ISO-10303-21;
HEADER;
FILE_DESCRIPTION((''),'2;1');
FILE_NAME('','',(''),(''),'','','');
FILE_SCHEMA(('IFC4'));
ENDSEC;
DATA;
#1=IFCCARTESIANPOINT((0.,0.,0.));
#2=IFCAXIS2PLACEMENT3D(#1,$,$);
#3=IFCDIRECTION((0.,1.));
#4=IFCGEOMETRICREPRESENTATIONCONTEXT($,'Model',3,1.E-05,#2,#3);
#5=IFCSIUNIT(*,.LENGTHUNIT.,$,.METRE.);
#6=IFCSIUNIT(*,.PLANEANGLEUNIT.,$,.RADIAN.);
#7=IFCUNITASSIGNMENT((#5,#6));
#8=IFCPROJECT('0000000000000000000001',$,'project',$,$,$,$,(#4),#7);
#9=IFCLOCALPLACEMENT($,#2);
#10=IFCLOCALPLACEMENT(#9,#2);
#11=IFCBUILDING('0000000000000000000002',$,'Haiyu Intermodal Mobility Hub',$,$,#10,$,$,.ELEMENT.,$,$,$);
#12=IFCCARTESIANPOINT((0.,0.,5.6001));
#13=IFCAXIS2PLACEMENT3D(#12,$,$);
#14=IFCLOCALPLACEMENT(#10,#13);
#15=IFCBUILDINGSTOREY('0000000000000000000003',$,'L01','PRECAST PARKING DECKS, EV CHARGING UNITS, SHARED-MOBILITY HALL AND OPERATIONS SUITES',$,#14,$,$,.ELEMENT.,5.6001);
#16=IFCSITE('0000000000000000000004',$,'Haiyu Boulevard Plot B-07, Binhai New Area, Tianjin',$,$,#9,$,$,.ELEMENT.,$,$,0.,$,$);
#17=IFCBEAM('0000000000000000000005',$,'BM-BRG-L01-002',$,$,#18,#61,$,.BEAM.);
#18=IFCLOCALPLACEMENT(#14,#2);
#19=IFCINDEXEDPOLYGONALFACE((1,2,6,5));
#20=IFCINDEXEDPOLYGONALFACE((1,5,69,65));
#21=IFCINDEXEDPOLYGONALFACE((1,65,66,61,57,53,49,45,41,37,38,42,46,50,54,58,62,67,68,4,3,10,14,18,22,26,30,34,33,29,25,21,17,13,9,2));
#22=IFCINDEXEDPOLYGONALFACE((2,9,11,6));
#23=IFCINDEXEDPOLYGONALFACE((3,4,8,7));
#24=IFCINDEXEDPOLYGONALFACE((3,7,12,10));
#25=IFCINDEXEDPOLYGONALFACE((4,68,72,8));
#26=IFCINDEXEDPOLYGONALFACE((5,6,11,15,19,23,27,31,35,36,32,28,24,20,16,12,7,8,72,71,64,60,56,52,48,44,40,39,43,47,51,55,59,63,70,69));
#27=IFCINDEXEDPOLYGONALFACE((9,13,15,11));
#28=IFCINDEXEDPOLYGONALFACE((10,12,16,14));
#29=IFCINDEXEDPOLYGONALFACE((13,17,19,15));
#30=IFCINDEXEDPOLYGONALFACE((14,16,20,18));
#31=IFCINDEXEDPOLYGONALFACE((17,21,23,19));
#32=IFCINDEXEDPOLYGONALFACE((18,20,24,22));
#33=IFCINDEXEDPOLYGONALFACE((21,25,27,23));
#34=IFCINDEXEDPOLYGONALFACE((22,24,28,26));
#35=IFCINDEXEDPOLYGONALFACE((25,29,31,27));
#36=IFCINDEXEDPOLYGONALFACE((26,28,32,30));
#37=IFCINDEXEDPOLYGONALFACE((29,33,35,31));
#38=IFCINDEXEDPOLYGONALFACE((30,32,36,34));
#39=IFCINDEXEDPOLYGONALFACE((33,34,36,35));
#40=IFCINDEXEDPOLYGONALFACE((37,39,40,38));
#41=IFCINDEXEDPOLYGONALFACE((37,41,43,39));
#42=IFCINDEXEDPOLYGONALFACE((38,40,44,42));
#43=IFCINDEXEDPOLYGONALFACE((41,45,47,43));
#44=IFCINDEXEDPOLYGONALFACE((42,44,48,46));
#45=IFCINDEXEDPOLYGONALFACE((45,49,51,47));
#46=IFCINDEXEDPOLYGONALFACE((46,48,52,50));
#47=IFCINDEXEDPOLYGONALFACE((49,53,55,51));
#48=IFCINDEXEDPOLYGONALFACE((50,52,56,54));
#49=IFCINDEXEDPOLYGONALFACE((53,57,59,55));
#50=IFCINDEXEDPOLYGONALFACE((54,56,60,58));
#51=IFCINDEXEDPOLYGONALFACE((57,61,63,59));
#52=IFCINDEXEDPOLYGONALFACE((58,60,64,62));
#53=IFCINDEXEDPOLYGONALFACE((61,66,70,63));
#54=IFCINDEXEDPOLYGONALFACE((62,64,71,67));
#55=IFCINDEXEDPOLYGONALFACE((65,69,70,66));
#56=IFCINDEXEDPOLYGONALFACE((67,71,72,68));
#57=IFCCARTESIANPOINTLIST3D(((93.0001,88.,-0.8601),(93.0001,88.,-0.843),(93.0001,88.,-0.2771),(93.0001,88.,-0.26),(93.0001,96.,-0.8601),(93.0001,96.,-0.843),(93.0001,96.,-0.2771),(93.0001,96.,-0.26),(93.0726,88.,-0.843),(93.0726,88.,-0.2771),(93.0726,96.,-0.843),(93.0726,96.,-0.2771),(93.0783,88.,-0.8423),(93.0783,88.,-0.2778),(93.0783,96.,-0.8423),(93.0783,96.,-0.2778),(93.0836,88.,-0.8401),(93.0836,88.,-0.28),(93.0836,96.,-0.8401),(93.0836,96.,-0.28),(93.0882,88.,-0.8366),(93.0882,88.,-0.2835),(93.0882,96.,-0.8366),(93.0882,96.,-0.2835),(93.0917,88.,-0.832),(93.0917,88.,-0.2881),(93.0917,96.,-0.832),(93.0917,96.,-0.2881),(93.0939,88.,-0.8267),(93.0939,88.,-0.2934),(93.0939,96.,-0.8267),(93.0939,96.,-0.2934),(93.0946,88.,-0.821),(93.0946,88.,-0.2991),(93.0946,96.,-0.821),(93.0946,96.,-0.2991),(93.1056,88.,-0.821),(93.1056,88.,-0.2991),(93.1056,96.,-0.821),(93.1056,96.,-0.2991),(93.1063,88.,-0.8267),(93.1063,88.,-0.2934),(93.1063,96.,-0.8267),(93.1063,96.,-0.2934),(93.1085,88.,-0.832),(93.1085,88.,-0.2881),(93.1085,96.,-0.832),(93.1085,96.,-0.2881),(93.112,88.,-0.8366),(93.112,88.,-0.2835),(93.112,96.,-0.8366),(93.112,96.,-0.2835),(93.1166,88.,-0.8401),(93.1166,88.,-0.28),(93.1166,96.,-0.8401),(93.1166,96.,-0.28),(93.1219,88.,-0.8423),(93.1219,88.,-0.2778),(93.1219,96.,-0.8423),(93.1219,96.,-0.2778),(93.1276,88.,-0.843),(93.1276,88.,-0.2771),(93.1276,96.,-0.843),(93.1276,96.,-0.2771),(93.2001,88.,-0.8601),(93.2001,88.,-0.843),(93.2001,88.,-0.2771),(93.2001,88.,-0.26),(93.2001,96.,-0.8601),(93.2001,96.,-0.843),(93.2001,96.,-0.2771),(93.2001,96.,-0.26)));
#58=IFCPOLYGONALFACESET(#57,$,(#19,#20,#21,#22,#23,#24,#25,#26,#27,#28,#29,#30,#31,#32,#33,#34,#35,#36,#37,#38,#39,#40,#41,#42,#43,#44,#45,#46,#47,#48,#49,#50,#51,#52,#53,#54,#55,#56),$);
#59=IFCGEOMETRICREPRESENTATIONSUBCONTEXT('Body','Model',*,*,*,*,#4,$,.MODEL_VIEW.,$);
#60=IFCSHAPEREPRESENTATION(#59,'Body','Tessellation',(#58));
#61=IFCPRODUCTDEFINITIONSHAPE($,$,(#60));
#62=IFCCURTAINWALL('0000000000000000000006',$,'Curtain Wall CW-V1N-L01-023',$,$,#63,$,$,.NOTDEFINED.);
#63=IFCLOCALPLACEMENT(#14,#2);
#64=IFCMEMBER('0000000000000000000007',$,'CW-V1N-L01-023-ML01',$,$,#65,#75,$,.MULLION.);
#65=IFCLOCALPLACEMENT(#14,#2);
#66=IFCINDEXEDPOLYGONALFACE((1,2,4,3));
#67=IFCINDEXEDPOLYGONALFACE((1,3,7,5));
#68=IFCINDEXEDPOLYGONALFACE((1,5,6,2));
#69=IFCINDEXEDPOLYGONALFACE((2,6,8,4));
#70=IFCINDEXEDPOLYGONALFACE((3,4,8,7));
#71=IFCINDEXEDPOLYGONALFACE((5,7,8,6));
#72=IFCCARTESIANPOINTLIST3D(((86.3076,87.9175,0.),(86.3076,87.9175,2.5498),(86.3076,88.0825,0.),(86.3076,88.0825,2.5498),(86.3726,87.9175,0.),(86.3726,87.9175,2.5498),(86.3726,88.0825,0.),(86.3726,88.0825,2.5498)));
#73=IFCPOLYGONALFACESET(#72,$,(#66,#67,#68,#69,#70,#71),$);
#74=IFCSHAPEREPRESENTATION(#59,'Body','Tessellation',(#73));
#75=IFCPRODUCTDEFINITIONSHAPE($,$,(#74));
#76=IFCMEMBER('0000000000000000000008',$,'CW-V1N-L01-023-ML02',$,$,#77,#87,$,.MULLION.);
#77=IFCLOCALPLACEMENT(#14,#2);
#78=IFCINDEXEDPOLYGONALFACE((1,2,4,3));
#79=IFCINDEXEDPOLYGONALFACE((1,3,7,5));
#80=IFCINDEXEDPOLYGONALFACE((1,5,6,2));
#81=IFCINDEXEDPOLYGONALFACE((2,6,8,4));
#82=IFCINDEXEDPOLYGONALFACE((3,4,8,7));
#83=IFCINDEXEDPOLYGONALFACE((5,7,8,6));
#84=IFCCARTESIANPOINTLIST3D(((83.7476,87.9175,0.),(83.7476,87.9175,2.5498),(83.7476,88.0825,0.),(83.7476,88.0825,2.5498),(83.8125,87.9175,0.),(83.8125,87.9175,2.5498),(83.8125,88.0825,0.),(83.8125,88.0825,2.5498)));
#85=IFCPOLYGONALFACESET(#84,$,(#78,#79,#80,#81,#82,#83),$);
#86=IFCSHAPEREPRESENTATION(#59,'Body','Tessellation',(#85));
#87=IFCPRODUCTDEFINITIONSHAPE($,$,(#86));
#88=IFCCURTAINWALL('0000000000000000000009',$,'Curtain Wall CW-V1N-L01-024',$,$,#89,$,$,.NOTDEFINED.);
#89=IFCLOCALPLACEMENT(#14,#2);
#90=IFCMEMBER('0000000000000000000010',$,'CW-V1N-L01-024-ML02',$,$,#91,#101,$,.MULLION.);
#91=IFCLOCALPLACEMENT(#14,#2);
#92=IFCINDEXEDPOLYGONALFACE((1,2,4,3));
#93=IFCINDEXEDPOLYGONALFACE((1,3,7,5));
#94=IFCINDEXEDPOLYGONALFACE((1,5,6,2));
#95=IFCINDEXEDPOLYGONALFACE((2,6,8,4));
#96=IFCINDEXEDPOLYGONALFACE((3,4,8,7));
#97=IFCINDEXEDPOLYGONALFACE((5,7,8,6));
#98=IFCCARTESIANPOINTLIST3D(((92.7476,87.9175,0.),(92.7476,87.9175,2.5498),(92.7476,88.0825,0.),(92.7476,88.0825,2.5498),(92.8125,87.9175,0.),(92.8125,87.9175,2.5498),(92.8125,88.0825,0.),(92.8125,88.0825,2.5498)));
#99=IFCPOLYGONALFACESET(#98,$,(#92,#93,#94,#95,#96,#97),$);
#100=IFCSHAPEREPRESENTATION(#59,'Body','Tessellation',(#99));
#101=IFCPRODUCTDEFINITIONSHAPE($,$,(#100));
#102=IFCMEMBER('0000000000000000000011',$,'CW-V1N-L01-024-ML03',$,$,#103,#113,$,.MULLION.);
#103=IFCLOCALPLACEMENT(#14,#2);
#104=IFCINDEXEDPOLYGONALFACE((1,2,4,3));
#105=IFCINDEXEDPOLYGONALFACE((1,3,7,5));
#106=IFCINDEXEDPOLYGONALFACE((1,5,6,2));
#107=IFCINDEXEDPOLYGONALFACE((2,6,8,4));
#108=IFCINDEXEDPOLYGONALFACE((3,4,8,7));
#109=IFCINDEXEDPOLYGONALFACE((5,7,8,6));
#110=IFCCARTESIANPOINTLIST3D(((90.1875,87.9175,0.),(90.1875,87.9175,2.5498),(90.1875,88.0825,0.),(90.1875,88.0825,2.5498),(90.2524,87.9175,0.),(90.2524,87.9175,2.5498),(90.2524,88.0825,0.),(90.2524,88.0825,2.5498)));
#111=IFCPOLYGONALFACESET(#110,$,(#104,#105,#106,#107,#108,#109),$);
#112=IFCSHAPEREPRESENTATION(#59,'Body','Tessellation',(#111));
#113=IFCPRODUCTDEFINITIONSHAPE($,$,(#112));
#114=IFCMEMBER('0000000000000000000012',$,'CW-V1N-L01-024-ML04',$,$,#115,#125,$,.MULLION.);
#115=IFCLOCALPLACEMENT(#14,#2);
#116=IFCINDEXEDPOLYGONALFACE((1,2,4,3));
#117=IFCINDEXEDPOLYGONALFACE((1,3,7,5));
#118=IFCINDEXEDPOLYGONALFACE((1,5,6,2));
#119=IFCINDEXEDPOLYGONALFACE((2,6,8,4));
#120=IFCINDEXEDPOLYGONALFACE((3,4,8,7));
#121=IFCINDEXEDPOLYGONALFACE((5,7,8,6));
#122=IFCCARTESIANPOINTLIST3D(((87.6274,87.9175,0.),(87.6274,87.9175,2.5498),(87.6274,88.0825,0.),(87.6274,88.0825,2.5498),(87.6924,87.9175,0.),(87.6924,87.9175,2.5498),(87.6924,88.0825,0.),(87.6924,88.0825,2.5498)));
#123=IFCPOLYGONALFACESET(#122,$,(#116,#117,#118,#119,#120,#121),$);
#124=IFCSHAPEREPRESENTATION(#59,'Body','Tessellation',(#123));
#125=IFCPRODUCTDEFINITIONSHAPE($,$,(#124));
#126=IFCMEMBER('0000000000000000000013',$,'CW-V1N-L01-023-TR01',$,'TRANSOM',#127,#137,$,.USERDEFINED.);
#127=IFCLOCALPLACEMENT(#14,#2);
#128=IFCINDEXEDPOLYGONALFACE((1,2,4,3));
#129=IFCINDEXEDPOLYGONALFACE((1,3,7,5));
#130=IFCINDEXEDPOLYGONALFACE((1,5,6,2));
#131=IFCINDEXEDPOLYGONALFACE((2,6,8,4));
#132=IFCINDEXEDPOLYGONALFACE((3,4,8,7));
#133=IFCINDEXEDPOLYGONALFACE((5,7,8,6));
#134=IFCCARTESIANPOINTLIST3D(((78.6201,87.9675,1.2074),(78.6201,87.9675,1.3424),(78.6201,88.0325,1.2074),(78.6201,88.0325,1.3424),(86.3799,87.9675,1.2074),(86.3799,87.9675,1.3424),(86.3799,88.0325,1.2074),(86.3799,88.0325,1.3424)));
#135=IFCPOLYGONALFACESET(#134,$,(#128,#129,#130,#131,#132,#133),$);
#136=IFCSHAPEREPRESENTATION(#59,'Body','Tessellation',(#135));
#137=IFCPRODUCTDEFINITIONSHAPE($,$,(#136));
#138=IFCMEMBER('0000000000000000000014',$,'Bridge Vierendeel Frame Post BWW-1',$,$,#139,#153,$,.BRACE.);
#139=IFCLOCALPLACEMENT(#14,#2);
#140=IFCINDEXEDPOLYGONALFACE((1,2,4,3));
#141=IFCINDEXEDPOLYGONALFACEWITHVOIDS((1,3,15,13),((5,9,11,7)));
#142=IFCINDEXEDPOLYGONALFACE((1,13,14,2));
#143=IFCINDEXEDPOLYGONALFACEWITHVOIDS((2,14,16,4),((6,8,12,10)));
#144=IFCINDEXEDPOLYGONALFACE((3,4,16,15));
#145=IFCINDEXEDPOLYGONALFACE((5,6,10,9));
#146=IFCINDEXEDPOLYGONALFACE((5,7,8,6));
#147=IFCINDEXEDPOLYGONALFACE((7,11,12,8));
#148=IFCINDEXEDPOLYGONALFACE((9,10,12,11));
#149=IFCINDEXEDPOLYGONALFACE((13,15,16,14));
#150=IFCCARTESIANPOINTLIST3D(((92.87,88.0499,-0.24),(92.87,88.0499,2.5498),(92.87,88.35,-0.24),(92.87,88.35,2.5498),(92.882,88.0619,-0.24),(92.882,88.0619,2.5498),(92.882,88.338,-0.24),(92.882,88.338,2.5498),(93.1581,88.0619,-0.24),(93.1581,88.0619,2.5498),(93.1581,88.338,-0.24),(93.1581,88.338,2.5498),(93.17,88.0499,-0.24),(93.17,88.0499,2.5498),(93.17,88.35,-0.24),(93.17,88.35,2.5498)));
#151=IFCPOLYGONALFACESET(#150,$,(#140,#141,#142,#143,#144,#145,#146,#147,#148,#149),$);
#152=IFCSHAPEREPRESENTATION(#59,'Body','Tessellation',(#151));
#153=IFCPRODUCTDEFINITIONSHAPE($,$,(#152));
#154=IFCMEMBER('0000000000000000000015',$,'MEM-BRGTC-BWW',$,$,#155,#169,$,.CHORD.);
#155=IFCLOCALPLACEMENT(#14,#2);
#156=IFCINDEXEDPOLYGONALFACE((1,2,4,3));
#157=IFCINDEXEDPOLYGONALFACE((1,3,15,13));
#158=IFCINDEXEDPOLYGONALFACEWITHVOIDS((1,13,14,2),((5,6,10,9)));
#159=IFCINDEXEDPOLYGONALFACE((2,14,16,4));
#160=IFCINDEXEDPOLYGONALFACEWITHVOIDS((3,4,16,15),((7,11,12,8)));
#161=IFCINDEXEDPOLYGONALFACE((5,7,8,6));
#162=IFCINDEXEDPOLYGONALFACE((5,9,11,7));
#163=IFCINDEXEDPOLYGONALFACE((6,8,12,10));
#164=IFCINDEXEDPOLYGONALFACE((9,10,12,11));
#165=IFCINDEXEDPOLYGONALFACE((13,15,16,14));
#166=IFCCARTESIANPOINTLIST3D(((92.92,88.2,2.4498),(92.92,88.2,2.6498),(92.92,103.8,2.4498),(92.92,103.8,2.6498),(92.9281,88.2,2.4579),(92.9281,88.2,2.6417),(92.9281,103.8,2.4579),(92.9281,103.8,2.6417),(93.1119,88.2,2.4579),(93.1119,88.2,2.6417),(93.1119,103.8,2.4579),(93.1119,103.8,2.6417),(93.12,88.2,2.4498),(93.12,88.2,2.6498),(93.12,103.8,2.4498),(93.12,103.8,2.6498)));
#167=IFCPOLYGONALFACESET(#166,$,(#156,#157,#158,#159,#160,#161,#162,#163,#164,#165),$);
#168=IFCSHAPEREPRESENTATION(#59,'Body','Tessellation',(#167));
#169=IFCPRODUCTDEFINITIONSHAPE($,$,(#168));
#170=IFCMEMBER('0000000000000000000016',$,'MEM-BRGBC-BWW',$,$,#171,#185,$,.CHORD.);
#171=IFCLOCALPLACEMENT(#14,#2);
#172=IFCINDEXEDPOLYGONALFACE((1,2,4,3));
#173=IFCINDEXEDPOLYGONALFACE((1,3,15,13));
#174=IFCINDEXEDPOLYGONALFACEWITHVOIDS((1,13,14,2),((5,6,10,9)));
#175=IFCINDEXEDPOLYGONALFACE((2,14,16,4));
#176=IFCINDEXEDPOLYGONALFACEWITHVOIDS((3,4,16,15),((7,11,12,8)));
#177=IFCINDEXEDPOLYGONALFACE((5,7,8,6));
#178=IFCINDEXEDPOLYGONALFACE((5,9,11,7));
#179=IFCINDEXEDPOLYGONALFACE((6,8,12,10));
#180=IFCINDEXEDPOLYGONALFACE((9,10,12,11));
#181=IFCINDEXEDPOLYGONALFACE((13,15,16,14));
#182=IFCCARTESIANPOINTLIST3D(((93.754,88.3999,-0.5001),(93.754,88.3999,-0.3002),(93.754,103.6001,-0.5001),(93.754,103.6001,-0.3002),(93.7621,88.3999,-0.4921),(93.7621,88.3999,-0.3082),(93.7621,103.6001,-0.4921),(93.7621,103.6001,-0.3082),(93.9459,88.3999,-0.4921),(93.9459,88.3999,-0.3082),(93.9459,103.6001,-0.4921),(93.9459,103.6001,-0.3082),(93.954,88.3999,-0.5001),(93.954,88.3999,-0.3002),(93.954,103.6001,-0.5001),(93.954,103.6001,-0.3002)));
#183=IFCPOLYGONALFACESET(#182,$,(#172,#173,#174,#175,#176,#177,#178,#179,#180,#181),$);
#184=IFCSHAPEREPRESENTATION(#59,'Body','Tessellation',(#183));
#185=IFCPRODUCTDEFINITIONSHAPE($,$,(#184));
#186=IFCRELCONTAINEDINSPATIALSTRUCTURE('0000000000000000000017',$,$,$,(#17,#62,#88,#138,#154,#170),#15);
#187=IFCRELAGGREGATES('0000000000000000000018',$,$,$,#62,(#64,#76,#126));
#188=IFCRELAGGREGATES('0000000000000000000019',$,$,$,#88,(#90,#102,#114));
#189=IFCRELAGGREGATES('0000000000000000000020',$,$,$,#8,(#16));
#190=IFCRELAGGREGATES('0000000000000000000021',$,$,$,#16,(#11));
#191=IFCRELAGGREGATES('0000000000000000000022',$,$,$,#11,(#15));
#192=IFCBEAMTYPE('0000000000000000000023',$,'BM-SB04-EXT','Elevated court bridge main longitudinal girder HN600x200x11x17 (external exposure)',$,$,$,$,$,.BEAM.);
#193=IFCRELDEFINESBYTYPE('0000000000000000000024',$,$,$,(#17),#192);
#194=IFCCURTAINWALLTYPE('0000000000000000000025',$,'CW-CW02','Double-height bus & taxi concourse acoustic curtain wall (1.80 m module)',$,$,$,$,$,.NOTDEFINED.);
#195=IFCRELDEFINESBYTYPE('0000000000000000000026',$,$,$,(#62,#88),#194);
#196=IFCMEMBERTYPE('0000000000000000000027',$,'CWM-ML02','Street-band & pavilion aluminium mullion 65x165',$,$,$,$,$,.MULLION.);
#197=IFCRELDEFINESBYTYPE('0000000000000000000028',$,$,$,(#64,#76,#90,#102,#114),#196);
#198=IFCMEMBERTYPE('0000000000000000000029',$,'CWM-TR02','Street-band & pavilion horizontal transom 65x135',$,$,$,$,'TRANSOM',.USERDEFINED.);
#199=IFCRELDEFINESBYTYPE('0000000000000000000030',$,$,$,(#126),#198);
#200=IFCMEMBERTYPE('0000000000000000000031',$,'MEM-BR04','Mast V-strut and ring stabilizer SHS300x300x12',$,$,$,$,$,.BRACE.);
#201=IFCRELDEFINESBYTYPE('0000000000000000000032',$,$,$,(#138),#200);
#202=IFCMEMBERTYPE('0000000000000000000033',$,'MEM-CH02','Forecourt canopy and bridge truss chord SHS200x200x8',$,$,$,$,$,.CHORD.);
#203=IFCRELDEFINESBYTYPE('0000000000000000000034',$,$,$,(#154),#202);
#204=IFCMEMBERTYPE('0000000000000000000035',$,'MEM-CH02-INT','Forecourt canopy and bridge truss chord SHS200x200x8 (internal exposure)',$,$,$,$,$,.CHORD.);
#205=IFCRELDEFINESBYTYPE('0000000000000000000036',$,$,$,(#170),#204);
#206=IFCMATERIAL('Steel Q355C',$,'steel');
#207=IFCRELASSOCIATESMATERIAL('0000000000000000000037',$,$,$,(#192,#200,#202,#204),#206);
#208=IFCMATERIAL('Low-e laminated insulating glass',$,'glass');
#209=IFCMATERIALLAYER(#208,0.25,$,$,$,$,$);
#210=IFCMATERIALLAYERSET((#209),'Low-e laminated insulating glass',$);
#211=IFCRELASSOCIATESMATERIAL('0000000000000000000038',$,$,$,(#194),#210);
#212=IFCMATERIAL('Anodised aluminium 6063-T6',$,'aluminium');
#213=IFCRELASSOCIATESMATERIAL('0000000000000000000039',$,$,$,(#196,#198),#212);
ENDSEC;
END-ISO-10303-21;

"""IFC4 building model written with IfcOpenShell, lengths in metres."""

from ifc_helpers import new_model, si_unit, direction, frame, origin, origin_2d, place, context, subcontext, project, spatial, rectangle, hollow_rectangle, i_section, extrude, material, layer, layer_set, material_profile, profile_set, type_object, element, aggregate, save


model = new_model("IFC4")

# Units and contexts
model_context = context("Model", 3, precision=1e-05, world=origin(), true_north=direction((0.0, 1.0)))
body_context = subcontext(model_context, "Body", "Model", "MODEL_VIEW")
ifc_project = project(units=[si_unit("LENGTHUNIT", "METRE"), si_unit("PLANEANGLEUNIT", "RADIAN")], contexts=[model_context])

# Site, building, storey
site_placement = place(None, origin())
site = spatial("IfcSite", under=ifc_project, at=site_placement, Name="Haiyu Boulevard Plot B-07, Binhai New Area, Tianjin", CompositionType="ELEMENT", RefElevation=0.0)
building_placement = place(site_placement, origin())
building = spatial("IfcBuilding", under=site, at=building_placement, Name="Haiyu Intermodal Mobility Hub", CompositionType="ELEMENT")
storey_placement = place(building_placement, frame((0.0, 0.0, 5.6001)))
storey = spatial("IfcBuildingStorey", under=building, at=storey_placement, Name="L01", Description="PRECAST PARKING DECKS, EV CHARGING UNITS, SHARED-MOBILITY HALL AND OPERATIONS SUITES", CompositionType="ELEMENT", Elevation=5.6001)

# Shared definitions
ifc_material_1 = material(Name="Steel Q355C", Category="steel")

# Beam
ifc_material_profile_1 = material_profile(ifc_material_1, i_section(OverallWidth=0.2, OverallDepth=0.6001, WebThickness=0.011, FlangeThickness=0.0171, FilletRadius=0.022, at=origin_2d()), Name="HN600x200x11x17")
ifc_profile_set_1 = profile_set([ifc_material_profile_1], Name="Steel Q355C")
beam_type_1 = type_object("IfcBeamType", Name="BM-SB04-EXT", Description="Elevated court bridge main longitudinal girder HN600x200x11x17 (external exposure)", PredefinedType="BEAM", material=ifc_profile_set_1)
beam_1_placement = place(storey_placement, frame((93.1001, 88.0, -0.5601), z_axis=(0.0, 1.0, 0.0), x_axis=(-1.0, 0.0, 0.0)))
element("IfcBeam", 1, at=beam_1_placement, inside=storey, type_object=beam_type_1, Name="BM-BRG-L01-002", PredefinedType="BEAM", context=body_context, shape_type="SweptSolid", body=[
    extrude(i_section(OverallWidth=0.2, OverallDepth=0.6001, WebThickness=0.011, FlangeThickness=0.0171, FilletRadius=0.022, at=origin_2d()), origin(), (0.0, 0.0, 1.0), 8.0),
])

# Curtain walls, members
ifc_material_2 = material(Name="Low-e laminated insulating glass", Category="glass")
ifc_layer_1 = layer(ifc_material_2, 0.25)
ifc_layer_set_1 = layer_set([ifc_layer_1], Name="Low-e laminated insulating glass")
curtain_wall_type = type_object("IfcCurtainWallType", Name="CW-CW02", Description="Double-height bus & taxi concourse acoustic curtain wall (1.80 m module)", PredefinedType="NOTDEFINED", material=ifc_layer_set_1)
curtain_wall_1_placement = place(storey_placement, origin())
curtain_wall_1 = element("IfcCurtainWall", 2, at=curtain_wall_1_placement, inside=storey, type_object=curtain_wall_type, Name="Curtain Wall CW-V1N-L01-023", PredefinedType="NOTDEFINED")
ifc_material_3 = material(Name="Anodised aluminium 6063-T6", Category="aluminium")
ifc_material_profile_2 = material_profile(ifc_material_3, rectangle(XDim=0.0649, YDim=0.165, at=origin_2d()), Name="ALU65x165")
ifc_profile_set_2 = profile_set([ifc_material_profile_2], Name="Anodised aluminium 6063-T6")
member_type_1 = type_object("IfcMemberType", Name="CWM-ML02", Description="Street-band & pavilion aluminium mullion 65x165", PredefinedType="MULLION", material=ifc_profile_set_2)
member_1_placement = place(storey_placement, frame((86.3401, 88.0, 0.0), z_axis=(0.0, 0.0, 1.0), x_axis=(1.0, 0.0, 0.0)))
member_1 = element("IfcMember", 3, at=member_1_placement, type_object=member_type_1, Name="CW-V1N-L01-023-ML01", PredefinedType="MULLION", context=body_context, shape_type="SweptSolid", body=[
    extrude(rectangle(XDim=0.0649, YDim=0.165, at=origin_2d()), origin(), (0.0, 0.0, 1.0), 2.5498),
])
member_2_placement = place(storey_placement, frame((83.78, 88.0, 0.0), z_axis=(0.0, 0.0, 1.0), x_axis=(1.0, 0.0, 0.0)))
member_2 = element("IfcMember", 4, at=member_2_placement, type_object=member_type_1, Name="CW-V1N-L01-023-ML02", PredefinedType="MULLION", context=body_context, shape_type="SweptSolid", body=[
    extrude(rectangle(XDim=0.0649, YDim=0.165, at=origin_2d()), origin(), (0.0, 0.0, 1.0), 2.5498),
])
curtain_wall_2_placement = place(storey_placement, origin())
curtain_wall_2 = element("IfcCurtainWall", 5, at=curtain_wall_2_placement, inside=storey, type_object=curtain_wall_type, Name="Curtain Wall CW-V1N-L01-024", PredefinedType="NOTDEFINED")
member_3_placement = place(storey_placement, frame((92.78, 88.0, 0.0), z_axis=(0.0, 0.0, 1.0), x_axis=(1.0, 0.0, 0.0)))
member_3 = element("IfcMember", 6, at=member_3_placement, type_object=member_type_1, Name="CW-V1N-L01-024-ML02", PredefinedType="MULLION", context=body_context, shape_type="SweptSolid", body=[
    extrude(rectangle(XDim=0.0649, YDim=0.165, at=origin_2d()), origin(), (0.0, 0.0, 1.0), 2.5498),
])
member_4_placement = place(storey_placement, frame((90.22, 88.0, 0.0), z_axis=(0.0, 0.0, 1.0), x_axis=(1.0, 0.0, 0.0)))
member_4 = element("IfcMember", 7, at=member_4_placement, type_object=member_type_1, Name="CW-V1N-L01-024-ML03", PredefinedType="MULLION", context=body_context, shape_type="SweptSolid", body=[
    extrude(rectangle(XDim=0.0649, YDim=0.165, at=origin_2d()), origin(), (0.0, 0.0, 1.0), 2.5498),
])
member_5_placement = place(storey_placement, frame((87.6599, 88.0, 0.0), z_axis=(0.0, 0.0, 1.0), x_axis=(1.0, 0.0, 0.0)))
member_5 = element("IfcMember", 8, at=member_5_placement, type_object=member_type_1, Name="CW-V1N-L01-024-ML04", PredefinedType="MULLION", context=body_context, shape_type="SweptSolid", body=[
    extrude(rectangle(XDim=0.0649, YDim=0.165, at=origin_2d()), origin(), (0.0, 0.0, 1.0), 2.5498),
])

# Member
ifc_material_profile_3 = material_profile(ifc_material_3, rectangle(XDim=0.0649, YDim=0.135, at=origin_2d()), Name="ALU65x135")
ifc_profile_set_3 = profile_set([ifc_material_profile_3], Name="Anodised aluminium 6063-T6")
member_type_2 = type_object("IfcMemberType", Name="CWM-TR02", Description="Street-band & pavilion horizontal transom 65x135", ElementType="TRANSOM", PredefinedType="USERDEFINED", material=ifc_profile_set_3)
member_6_placement = place(storey_placement, frame((86.3799, 88.0, 1.2749), z_axis=(-1.0, 0.0, 0.0), x_axis=(0.0, -1.0, 0.0)))
member_6 = element("IfcMember", 9, at=member_6_placement, type_object=member_type_2, Name="CW-V1N-L01-023-TR01", ObjectType="TRANSOM", PredefinedType="USERDEFINED", context=body_context, shape_type="SweptSolid", body=[
    extrude(rectangle(XDim=0.0649, YDim=0.135, at=origin_2d()), origin(), (0.0, 0.0, 1.0), 7.7598),
])

# Members
ifc_material_profile_4 = material_profile(ifc_material_1, hollow_rectangle(XDim=0.3, YDim=0.3, WallThickness=0.012, at=origin_2d()), Name="SHS300x300x12")
ifc_profile_set_4 = profile_set([ifc_material_profile_4], Name="Steel Q355C")
member_type_3 = type_object("IfcMemberType", Name="MEM-BR04", Description="Mast V-strut and ring stabilizer SHS300x300x12", PredefinedType="BRACE", material=ifc_profile_set_4)
member_7_placement = place(storey_placement, frame((93.02, 88.2, -0.24), z_axis=(0.0, 0.0, 1.0), x_axis=(1.0, 0.0, 0.0)))
element("IfcMember", 10, at=member_7_placement, inside=storey, type_object=member_type_3, Name="Bridge Vierendeel Frame Post BWW-1", PredefinedType="BRACE", context=body_context, shape_type="SweptSolid", body=[
    extrude(hollow_rectangle(XDim=0.3, YDim=0.3, WallThickness=0.012, at=origin_2d()), origin(), (0.0, 0.0, 1.0), 2.7898),
])
ifc_material_profile_5 = material_profile(ifc_material_1, hollow_rectangle(XDim=0.2, YDim=0.2, WallThickness=0.0081, at=origin_2d()), Name="SHS200x200x8")
ifc_profile_set_5 = profile_set([ifc_material_profile_5], Name="Steel Q355C")
member_type_4 = type_object("IfcMemberType", Name="MEM-CH02", Description="Forecourt canopy and bridge truss chord SHS200x200x8", PredefinedType="CHORD", material=ifc_profile_set_5)
member_8_placement = place(storey_placement, frame((93.02, 88.2, 2.5498), z_axis=(0.0, 1.0, 0.0), x_axis=(-1.0, 0.0, 0.0)))
element("IfcMember", 11, at=member_8_placement, inside=storey, type_object=member_type_4, Name="MEM-BRGTC-BWW", PredefinedType="CHORD", context=body_context, shape_type="SweptSolid", body=[
    extrude(hollow_rectangle(XDim=0.2, YDim=0.2, WallThickness=0.0081, at=origin_2d()), origin(), (0.0, 0.0, 1.0), 15.6001),
])
ifc_material_profile_6 = material_profile(ifc_material_1, hollow_rectangle(XDim=0.2, YDim=0.2, WallThickness=0.0081, at=origin_2d()), Name="SHS200x200x8")
ifc_profile_set_6 = profile_set([ifc_material_profile_6], Name="Steel Q355C")
member_type_5 = type_object("IfcMemberType", Name="MEM-CH02-INT", Description="Forecourt canopy and bridge truss chord SHS200x200x8 (internal exposure)", PredefinedType="CHORD", material=ifc_profile_set_6)
member_9_placement = place(storey_placement, frame((93.854, 88.3999, -0.4001), z_axis=(0.0, 1.0, 0.0), x_axis=(-1.0, 0.0, 0.0)))
element("IfcMember", 12, at=member_9_placement, inside=storey, type_object=member_type_5, Name="MEM-BRGBC-BWW", PredefinedType="CHORD", context=body_context, shape_type="SweptSolid", body=[
    extrude(hollow_rectangle(XDim=0.2, YDim=0.2, WallThickness=0.0081, at=origin_2d()), origin(), (0.0, 0.0, 1.0), 15.2002),
])

aggregate(curtain_wall_1, [member_1, member_2, member_6])
aggregate(curtain_wall_2, [member_3, member_4, member_5])

save(model, "model.ifc")
